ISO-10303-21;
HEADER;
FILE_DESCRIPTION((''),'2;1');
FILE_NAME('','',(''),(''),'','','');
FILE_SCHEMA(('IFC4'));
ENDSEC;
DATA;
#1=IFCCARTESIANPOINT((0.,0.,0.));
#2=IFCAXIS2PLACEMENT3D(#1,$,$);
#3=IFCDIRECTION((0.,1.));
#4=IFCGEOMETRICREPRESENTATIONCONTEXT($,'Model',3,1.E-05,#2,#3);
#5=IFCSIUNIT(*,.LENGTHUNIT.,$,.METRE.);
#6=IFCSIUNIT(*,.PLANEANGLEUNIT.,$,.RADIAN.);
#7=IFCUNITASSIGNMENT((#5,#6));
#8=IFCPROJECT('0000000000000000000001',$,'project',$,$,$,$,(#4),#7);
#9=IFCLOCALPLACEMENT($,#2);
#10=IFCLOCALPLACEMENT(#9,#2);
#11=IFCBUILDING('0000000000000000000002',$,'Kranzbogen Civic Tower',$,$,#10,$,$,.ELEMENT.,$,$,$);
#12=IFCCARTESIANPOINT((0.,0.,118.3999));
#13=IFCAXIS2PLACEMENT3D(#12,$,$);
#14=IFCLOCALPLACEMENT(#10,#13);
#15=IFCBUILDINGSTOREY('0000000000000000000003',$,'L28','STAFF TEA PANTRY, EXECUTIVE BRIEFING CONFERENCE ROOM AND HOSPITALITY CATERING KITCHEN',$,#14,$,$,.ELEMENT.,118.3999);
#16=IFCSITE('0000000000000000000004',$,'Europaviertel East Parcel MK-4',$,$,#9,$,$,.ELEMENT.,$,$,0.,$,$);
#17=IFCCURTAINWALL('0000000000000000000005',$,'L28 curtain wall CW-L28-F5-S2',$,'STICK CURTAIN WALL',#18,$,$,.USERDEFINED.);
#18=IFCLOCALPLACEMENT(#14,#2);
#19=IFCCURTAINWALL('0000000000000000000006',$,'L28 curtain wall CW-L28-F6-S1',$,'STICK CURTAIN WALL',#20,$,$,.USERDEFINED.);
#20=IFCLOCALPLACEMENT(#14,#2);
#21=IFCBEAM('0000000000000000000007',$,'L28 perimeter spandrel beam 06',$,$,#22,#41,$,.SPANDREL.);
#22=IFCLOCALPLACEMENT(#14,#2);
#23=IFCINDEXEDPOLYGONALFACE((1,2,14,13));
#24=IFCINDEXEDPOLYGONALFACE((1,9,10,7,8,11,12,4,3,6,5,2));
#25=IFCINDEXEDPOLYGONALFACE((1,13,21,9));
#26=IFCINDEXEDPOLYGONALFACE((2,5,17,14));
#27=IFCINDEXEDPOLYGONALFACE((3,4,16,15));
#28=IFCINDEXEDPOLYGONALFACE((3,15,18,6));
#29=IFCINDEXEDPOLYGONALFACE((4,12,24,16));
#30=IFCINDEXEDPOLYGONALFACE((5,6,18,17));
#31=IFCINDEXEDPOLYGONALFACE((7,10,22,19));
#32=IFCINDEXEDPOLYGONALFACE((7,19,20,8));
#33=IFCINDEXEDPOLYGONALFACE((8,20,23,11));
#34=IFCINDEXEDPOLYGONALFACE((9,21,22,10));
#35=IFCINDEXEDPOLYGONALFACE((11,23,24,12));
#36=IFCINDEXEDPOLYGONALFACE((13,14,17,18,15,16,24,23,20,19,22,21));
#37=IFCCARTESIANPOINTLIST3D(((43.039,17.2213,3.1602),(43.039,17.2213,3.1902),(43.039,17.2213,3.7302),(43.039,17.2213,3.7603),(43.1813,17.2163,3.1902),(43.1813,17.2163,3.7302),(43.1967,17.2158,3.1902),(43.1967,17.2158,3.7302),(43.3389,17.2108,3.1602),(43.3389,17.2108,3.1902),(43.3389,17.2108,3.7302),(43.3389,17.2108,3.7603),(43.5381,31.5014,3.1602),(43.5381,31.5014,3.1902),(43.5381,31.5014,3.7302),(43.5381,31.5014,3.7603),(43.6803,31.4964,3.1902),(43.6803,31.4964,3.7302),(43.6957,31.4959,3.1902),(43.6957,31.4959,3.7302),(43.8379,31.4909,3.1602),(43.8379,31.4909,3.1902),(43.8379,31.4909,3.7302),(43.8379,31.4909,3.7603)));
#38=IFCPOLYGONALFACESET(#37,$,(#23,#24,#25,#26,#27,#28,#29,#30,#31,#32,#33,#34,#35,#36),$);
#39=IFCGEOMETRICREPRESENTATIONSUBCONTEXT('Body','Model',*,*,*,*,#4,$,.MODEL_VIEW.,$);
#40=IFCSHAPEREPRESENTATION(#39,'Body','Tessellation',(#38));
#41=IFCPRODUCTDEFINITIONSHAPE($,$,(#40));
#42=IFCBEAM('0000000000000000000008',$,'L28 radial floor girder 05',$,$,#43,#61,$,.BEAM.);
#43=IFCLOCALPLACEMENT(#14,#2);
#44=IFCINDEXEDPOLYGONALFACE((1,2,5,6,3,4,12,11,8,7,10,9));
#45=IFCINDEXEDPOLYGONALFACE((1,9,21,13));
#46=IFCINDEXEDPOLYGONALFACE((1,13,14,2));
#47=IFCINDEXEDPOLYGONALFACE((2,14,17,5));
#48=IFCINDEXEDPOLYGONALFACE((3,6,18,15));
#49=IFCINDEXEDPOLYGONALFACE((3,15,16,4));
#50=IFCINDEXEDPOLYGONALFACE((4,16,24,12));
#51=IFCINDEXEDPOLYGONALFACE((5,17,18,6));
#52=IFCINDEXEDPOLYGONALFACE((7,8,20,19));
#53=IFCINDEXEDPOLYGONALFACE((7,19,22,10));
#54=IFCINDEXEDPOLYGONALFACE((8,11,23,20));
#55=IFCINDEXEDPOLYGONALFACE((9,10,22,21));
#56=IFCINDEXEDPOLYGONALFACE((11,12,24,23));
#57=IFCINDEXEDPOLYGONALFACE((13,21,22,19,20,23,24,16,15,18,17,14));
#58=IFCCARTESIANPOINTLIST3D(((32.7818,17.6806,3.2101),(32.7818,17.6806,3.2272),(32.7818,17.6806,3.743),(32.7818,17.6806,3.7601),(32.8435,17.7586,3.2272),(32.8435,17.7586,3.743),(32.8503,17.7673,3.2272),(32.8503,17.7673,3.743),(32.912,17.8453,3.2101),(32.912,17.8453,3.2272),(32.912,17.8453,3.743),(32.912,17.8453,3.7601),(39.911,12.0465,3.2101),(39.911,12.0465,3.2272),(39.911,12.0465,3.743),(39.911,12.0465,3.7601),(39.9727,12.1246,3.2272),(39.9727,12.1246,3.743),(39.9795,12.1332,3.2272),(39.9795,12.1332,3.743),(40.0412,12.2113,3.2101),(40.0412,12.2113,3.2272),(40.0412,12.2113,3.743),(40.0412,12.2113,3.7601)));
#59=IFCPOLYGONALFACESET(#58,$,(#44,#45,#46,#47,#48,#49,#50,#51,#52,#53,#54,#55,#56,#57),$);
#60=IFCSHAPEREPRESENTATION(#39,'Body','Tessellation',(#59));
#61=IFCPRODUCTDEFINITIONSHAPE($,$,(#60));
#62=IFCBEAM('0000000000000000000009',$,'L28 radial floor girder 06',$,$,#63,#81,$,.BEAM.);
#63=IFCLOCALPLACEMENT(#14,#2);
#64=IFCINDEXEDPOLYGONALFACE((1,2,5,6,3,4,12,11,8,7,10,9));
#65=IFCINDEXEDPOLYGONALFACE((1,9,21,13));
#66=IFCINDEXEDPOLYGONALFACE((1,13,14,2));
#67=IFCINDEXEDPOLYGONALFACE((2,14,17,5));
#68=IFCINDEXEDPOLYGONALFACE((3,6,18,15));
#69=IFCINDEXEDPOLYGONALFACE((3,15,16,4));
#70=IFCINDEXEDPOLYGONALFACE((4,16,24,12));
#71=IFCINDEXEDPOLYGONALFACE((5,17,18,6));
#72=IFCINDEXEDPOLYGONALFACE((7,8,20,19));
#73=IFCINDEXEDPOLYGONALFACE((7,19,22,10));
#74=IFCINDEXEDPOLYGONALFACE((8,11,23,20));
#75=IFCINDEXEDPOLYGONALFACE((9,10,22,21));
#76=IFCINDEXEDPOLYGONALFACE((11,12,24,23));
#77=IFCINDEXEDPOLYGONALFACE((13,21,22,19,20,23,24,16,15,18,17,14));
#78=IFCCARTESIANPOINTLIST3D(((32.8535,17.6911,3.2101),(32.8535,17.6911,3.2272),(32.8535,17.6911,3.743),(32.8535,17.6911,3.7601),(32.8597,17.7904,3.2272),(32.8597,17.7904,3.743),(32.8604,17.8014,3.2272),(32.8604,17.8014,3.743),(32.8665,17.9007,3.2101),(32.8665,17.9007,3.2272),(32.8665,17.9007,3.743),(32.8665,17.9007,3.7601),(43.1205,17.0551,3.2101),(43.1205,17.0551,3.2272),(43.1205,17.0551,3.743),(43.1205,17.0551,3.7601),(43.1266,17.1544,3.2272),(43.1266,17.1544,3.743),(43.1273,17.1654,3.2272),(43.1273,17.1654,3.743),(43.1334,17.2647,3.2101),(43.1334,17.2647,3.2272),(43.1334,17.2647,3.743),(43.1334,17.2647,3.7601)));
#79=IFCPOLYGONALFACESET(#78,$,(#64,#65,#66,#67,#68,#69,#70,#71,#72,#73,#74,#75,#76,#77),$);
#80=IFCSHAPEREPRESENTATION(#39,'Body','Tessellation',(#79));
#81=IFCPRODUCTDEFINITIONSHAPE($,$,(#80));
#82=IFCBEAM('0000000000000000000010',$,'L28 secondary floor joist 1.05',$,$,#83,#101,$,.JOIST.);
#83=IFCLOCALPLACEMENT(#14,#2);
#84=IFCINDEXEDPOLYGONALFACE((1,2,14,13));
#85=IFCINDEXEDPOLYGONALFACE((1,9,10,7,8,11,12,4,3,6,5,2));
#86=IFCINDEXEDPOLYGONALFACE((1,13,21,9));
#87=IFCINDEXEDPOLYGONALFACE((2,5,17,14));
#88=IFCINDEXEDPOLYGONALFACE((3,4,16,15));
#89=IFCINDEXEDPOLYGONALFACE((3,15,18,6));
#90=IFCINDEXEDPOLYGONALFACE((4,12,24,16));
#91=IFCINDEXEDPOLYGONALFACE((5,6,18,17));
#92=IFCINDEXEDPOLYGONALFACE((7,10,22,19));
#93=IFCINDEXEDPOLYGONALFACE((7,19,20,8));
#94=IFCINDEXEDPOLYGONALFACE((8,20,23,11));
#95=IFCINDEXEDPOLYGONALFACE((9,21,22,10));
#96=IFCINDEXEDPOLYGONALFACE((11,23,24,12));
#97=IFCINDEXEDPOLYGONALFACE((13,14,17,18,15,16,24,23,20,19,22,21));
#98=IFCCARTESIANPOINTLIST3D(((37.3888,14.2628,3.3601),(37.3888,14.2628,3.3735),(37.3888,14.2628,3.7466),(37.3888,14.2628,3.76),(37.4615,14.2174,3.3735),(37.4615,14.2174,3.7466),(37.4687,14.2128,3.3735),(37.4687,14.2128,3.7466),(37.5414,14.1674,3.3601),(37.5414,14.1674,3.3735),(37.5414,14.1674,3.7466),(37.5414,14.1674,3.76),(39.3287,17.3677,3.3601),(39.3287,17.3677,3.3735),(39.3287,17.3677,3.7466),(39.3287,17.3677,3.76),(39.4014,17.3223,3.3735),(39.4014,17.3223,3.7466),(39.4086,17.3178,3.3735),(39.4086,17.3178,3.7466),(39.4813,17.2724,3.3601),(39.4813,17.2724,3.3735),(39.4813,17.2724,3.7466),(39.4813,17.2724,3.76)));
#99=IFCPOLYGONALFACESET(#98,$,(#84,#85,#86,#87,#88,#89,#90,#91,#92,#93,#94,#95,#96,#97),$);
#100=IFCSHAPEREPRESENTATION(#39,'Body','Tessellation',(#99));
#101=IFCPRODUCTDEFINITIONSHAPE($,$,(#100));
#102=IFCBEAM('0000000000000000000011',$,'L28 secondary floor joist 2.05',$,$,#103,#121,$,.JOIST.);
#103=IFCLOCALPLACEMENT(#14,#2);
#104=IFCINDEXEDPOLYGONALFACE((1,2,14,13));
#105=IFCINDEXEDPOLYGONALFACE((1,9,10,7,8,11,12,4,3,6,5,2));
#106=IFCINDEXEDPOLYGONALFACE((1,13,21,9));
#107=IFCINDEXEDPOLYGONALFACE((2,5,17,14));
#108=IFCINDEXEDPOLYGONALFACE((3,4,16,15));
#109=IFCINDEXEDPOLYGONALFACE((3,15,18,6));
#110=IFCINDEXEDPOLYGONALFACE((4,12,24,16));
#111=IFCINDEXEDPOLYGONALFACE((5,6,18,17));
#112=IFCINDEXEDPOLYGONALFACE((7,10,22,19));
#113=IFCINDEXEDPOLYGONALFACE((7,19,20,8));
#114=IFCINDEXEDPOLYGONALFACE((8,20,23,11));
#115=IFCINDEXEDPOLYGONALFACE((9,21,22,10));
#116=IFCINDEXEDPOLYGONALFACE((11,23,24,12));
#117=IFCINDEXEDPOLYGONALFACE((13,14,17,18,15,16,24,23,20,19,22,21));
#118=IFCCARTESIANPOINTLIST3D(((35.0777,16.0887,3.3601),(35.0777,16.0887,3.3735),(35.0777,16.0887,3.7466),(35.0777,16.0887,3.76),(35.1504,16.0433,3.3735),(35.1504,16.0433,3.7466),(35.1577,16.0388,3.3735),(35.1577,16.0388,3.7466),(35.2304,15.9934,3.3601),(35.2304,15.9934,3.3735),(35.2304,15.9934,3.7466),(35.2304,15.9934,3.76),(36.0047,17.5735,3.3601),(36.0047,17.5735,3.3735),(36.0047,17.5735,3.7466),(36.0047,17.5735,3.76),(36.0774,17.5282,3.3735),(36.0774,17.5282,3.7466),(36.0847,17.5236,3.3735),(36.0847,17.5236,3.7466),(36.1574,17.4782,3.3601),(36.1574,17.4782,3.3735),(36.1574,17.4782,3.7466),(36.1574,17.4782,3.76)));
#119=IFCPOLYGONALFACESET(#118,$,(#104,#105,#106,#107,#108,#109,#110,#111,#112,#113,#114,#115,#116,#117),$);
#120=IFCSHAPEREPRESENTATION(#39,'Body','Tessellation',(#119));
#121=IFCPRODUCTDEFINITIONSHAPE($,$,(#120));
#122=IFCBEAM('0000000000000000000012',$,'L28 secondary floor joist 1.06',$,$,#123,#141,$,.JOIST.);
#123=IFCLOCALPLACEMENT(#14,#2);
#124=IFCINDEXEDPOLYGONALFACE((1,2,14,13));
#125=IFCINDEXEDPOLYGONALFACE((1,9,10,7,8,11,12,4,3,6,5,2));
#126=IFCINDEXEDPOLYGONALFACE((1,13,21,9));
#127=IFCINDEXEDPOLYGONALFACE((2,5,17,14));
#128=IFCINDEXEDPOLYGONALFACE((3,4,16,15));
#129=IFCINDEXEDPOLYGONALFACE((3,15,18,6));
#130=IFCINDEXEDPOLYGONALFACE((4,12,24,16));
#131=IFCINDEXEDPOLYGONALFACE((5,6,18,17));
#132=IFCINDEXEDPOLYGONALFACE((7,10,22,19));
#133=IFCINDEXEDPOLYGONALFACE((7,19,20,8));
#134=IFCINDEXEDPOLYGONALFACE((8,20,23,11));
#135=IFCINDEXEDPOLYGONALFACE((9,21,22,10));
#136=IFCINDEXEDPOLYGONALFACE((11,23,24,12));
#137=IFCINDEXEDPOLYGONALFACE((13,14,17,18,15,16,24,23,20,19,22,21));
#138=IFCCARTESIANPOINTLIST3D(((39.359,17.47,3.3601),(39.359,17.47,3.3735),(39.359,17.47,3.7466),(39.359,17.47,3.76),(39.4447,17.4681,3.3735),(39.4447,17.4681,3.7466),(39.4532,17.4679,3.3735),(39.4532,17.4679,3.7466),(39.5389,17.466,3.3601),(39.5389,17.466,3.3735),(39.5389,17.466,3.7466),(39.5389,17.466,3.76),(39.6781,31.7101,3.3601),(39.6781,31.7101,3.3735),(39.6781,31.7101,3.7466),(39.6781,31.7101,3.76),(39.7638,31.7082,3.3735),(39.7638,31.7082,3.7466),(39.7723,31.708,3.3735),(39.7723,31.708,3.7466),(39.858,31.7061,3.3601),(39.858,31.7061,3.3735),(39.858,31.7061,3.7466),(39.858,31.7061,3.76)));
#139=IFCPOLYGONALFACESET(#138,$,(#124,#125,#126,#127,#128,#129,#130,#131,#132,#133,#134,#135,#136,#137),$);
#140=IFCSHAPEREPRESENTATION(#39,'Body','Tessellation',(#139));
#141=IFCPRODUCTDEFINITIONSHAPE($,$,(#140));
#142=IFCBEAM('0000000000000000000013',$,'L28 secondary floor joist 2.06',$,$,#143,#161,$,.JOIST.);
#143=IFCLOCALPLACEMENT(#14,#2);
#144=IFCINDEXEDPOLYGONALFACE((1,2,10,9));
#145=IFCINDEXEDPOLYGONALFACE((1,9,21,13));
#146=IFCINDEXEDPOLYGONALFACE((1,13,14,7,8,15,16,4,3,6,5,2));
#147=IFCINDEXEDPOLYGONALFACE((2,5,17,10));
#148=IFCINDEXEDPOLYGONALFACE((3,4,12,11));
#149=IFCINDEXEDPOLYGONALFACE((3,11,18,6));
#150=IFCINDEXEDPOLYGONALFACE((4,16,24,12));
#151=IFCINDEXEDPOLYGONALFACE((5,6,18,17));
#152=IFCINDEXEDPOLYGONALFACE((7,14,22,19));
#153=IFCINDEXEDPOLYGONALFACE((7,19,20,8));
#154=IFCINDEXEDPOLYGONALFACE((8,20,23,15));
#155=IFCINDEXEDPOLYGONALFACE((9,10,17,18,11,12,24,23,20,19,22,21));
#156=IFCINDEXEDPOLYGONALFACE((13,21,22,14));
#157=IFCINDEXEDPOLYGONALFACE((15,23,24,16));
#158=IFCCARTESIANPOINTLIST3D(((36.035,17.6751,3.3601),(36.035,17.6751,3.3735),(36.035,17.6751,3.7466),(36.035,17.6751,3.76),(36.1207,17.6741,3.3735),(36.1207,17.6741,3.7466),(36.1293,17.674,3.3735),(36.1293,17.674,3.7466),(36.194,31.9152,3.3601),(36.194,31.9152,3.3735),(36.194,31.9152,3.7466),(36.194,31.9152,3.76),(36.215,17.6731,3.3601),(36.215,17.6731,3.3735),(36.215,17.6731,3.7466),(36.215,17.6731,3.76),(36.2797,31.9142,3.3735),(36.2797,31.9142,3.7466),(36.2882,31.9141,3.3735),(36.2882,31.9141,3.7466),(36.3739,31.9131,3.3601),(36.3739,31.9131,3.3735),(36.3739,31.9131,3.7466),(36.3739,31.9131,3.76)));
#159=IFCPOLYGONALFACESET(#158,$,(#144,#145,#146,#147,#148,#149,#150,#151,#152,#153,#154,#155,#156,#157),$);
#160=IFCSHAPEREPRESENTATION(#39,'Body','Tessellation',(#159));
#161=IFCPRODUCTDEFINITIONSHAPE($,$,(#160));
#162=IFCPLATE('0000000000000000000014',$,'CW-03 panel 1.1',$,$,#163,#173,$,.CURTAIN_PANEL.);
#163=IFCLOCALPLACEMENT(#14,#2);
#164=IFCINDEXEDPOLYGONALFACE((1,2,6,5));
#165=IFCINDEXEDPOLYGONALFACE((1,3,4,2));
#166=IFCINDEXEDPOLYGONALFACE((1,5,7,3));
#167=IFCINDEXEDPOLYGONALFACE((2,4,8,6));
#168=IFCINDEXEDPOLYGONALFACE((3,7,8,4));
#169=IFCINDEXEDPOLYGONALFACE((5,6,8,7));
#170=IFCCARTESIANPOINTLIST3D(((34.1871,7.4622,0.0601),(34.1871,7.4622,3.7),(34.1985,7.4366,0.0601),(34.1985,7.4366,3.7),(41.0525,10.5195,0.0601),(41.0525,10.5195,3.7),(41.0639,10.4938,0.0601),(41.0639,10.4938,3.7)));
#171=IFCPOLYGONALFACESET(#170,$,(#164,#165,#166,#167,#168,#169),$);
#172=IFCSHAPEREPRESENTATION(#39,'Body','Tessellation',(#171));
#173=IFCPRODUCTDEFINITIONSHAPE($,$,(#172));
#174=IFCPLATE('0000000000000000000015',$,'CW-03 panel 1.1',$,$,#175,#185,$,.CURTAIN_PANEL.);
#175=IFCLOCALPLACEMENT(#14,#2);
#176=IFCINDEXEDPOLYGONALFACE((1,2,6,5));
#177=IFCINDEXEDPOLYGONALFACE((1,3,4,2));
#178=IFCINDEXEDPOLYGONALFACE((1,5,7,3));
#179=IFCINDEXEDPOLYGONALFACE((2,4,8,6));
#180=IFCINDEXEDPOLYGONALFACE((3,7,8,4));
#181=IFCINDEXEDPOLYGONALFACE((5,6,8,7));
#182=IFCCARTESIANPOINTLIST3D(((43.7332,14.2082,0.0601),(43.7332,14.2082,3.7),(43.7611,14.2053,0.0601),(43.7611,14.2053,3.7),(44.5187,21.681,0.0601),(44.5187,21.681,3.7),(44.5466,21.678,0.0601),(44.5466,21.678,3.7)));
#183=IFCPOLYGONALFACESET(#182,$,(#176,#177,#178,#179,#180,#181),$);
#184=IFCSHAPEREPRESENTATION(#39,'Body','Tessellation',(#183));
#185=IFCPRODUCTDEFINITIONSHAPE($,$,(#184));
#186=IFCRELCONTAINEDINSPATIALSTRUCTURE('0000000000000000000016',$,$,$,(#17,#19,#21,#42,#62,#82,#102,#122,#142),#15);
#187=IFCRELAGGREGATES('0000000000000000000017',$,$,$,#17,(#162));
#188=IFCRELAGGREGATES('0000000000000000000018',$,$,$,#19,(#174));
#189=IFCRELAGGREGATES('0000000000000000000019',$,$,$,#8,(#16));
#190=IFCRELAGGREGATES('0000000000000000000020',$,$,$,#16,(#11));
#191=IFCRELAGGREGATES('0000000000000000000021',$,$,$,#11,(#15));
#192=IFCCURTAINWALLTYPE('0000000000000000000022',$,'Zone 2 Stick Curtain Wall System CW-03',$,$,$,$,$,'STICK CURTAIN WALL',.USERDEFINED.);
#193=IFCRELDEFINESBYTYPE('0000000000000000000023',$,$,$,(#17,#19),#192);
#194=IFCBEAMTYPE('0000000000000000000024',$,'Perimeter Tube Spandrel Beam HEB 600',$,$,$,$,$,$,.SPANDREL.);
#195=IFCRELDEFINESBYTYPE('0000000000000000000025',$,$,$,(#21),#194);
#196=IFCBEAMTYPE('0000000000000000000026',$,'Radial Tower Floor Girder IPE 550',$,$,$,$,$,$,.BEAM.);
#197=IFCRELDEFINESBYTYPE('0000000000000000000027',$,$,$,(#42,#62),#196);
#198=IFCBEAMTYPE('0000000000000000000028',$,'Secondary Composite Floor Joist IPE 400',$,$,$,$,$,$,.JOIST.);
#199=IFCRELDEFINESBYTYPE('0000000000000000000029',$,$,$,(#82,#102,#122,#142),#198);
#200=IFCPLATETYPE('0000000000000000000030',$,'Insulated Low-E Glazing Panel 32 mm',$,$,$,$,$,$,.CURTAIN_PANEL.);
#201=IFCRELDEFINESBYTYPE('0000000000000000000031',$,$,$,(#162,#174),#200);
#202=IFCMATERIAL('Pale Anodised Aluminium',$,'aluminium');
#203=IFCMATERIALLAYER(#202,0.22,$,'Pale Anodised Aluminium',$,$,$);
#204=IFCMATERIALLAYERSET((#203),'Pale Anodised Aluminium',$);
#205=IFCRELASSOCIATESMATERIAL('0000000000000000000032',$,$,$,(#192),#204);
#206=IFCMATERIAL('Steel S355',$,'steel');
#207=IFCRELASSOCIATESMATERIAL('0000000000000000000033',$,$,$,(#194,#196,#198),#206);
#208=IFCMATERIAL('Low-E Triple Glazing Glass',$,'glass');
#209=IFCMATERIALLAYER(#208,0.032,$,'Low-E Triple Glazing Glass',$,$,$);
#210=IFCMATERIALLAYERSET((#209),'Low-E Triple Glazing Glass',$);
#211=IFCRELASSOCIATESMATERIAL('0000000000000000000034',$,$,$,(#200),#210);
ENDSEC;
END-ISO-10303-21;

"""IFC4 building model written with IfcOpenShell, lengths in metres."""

from ifc_helpers import new_model, si_unit, direction, frame, origin, origin_2d, place, context, subcontext, project, spatial, rectangle, i_section, extrude, material, layer, layer_set, material_profile, profile_set, type_object, element, aggregate, save


model = new_model("IFC4")

# Units and contexts
model_context = context("Model", 3, precision=1e-05, world=origin(), true_north=direction((0.0, 1.0)))
body_context = subcontext(model_context, "Body", "Model", "MODEL_VIEW")
ifc_project = project(units=[si_unit("LENGTHUNIT", "METRE"), si_unit("PLANEANGLEUNIT", "RADIAN")], contexts=[model_context])

# Site, building, storey
site_placement = place(None, origin())
site = spatial("IfcSite", under=ifc_project, at=site_placement, Name="Europaviertel East Parcel MK-4", CompositionType="ELEMENT", RefElevation=0.0)
building_placement = place(site_placement, origin())
building = spatial("IfcBuilding", under=site, at=building_placement, Name="Kranzbogen Civic Tower", CompositionType="ELEMENT")
storey_placement = place(building_placement, frame((0.0, 0.0, 118.3999)))
storey = spatial("IfcBuildingStorey", under=building, at=storey_placement, Name="L28", Description="STAFF TEA PANTRY, EXECUTIVE BRIEFING CONFERENCE ROOM AND HOSPITALITY CATERING KITCHEN", CompositionType="ELEMENT", Elevation=118.3999)

# Curtain walls
ifc_material_1 = material(Name="Pale Anodised Aluminium", Category="aluminium")
ifc_layer_1 = layer(ifc_material_1, 0.22, Name="Pale Anodised Aluminium")
ifc_layer_set_1 = layer_set([ifc_layer_1], Name="Pale Anodised Aluminium")
curtain_wall_type = type_object("IfcCurtainWallType", Name="Zone 2 Stick Curtain Wall System CW-03", ElementType="STICK CURTAIN WALL", PredefinedType="USERDEFINED", material=ifc_layer_set_1)
curtain_wall_1_placement = place(storey_placement, origin())
curtain_wall_1 = element("IfcCurtainWall", 1, at=curtain_wall_1_placement, inside=storey, type_object=curtain_wall_type, Name="L28 curtain wall CW-L28-F5-S2", ObjectType="STICK CURTAIN WALL", PredefinedType="USERDEFINED")
curtain_wall_2_placement = place(storey_placement, origin())
curtain_wall_2 = element("IfcCurtainWall", 2, at=curtain_wall_2_placement, inside=storey, type_object=curtain_wall_type, Name="L28 curtain wall CW-L28-F6-S1", ObjectType="STICK CURTAIN WALL", PredefinedType="USERDEFINED")

# Beams
ifc_material_2 = material(Name="Steel S355", Category="steel")
ifc_material_profile_1 = material_profile(ifc_material_2, i_section(OverallWidth=0.3, OverallDepth=0.6001, WebThickness=0.0154, FlangeThickness=0.03, at=origin_2d()), Name="HEB 600")
ifc_profile_set_1 = profile_set([ifc_material_profile_1], Name="Steel S355")
beam_type_1 = type_object("IfcBeamType", Name="Perimeter Tube Spandrel Beam HEB 600", PredefinedType="SPANDREL", material=ifc_profile_set_1)
beam_1_placement = place(storey_placement, frame((43.189, 17.2161, 3.4602), z_axis=(0.034924, 0.99939, 0.0), x_axis=(-0.99939, 0.034924, 0.0)))
element("IfcBeam", 3, at=beam_1_placement, inside=storey, type_object=beam_type_1, Name="L28 perimeter spandrel beam 06", PredefinedType="SPANDREL", context=body_context, shape_type="SweptSolid", body=[
    extrude(i_section(OverallWidth=0.3, OverallDepth=0.6001, WebThickness=0.0154, FlangeThickness=0.03, at=origin_2d()), origin(), (0.0, 0.0, 1.0), 14.2888),
])
ifc_material_profile_2 = material_profile(ifc_material_2, i_section(OverallWidth=0.21, OverallDepth=0.55, WebThickness=0.011, FlangeThickness=0.0171, at=origin_2d()), Name="IPE 550")
ifc_profile_set_2 = profile_set([ifc_material_profile_2], Name="Steel S355")
beam_type_2 = type_object("IfcBeamType", Name="Radial Tower Floor Girder IPE 550", PredefinedType="BEAM", material=ifc_profile_set_2)
beam_2_placement = place(storey_placement, frame((39.9761, 12.1289, 3.4851), z_axis=(-0.784575, 0.620034, 0.0), x_axis=(-0.620034, -0.784575, 0.0)))
element("IfcBeam", 4, at=beam_2_placement, inside=storey, type_object=beam_type_2, Name="L28 radial floor girder 05", PredefinedType="BEAM", context=body_context, shape_type="SweptSolid", body=[
    extrude(i_section(OverallWidth=0.21, OverallDepth=0.55, WebThickness=0.011, FlangeThickness=0.0171, at=origin_2d()), origin(), (0.0, 0.0, 1.0), 9.0867),
])
beam_3_placement = place(storey_placement, frame((43.127, 17.1599, 3.4851), z_axis=(-0.998087, 0.061827, 0.0), x_axis=(-0.061827, -0.998087, 0.0)))
element("IfcBeam", 5, at=beam_3_placement, inside=storey, type_object=beam_type_2, Name="L28 radial floor girder 06", PredefinedType="BEAM", context=body_context, shape_type="SweptSolid", body=[
    extrude(i_section(OverallWidth=0.21, OverallDepth=0.55, WebThickness=0.011, FlangeThickness=0.0171, at=origin_2d()), origin(), (0.0, 0.0, 1.0), 10.2866),
])
ifc_material_profile_3 = material_profile(ifc_material_2, i_section(OverallWidth=0.1799, OverallDepth=0.3999, WebThickness=0.0085, FlangeThickness=0.0134, at=origin_2d()), Name="IPE 400")
ifc_profile_set_3 = profile_set([ifc_material_profile_3], Name="Steel S355")
beam_type_3 = type_object("IfcBeamType", Name="Secondary Composite Floor Joist IPE 400", PredefinedType="JOIST", material=ifc_profile_set_3)
beam_4_placement = place(storey_placement, frame((37.4651, 14.2151, 3.5601), z_axis=(0.529867, 0.848081, 0.0), x_axis=(-0.848081, 0.529867, 0.0)))
element("IfcBeam", 6, at=beam_4_placement, inside=storey, type_object=beam_type_3, Name="L28 secondary floor joist 1.05", PredefinedType="JOIST", context=body_context, shape_type="SweptSolid", body=[
    extrude(i_section(OverallWidth=0.1799, OverallDepth=0.3999, WebThickness=0.0085, FlangeThickness=0.0134, at=origin_2d()), origin(), (0.0, 0.0, 1.0), 3.6611),
])
beam_5_placement = place(storey_placement, frame((35.1541, 16.041, 3.5601), z_axis=(0.529573, 0.848265, 0.0), x_axis=(-0.848265, 0.529573, 0.0)))
element("IfcBeam", 7, at=beam_5_placement, inside=storey, type_object=beam_type_3, Name="L28 secondary floor joist 2.05", PredefinedType="JOIST", context=body_context, shape_type="SweptSolid", body=[
    extrude(i_section(OverallWidth=0.1799, OverallDepth=0.3999, WebThickness=0.0085, FlangeThickness=0.0134, at=origin_2d()), origin(), (0.0, 0.0, 1.0), 1.7505),
])
beam_6_placement = place(storey_placement, frame((39.449, 17.468, 3.5601), z_axis=(0.022403, 0.999749, 0.0), x_axis=(-0.999749, 0.022403, 0.0)))
element("IfcBeam", 8, at=beam_6_placement, inside=storey, type_object=beam_type_3, Name="L28 secondary floor joist 1.06", PredefinedType="JOIST", context=body_context, shape_type="SweptSolid", body=[
    extrude(i_section(OverallWidth=0.1799, OverallDepth=0.3999, WebThickness=0.0085, FlangeThickness=0.0134, at=origin_2d()), origin(), (0.0, 0.0, 1.0), 14.2437),
])
beam_7_placement = place(storey_placement, frame((36.125, 17.6741, 3.5601), z_axis=(0.011161, 0.999938, 0.0), x_axis=(-0.999938, 0.011161, 0.0)))
element("IfcBeam", 9, at=beam_7_placement, inside=storey, type_object=beam_type_3, Name="L28 secondary floor joist 2.06", PredefinedType="JOIST", context=body_context, shape_type="SweptSolid", body=[
    extrude(i_section(OverallWidth=0.1799, OverallDepth=0.3999, WebThickness=0.0085, FlangeThickness=0.0134, at=origin_2d()), origin(), (0.0, 0.0, 1.0), 14.241),
])

# Plates
ifc_material_3 = material(Name="Low-E Triple Glazing Glass", Category="glass")
ifc_layer_2 = layer(ifc_material_3, 0.032, Name="Low-E Triple Glazing Glass")
ifc_layer_set_2 = layer_set([ifc_layer_2], Name="Low-E Triple Glazing Glass")
plate_type = type_object("IfcPlateType", Name="Insulated Low-E Glazing Panel 32 mm", PredefinedType="CURTAIN_PANEL", material=ifc_layer_set_2)
plate_1_placement = place(storey_placement, frame((37.6255, 8.978, 0.0601), z_axis=(0.0, 0.0, 1.0), x_axis=(0.91352, 0.406795, 0.0)))
plate_1 = element("IfcPlate", 10, at=plate_1_placement, type_object=plate_type, Name="CW-03 panel 1.1", PredefinedType="CURTAIN_PANEL", context=body_context, shape_type="SweptSolid", body=[
    extrude(rectangle(XDim=7.5154, YDim=0.0281, at=origin_2d()), origin(), (0.0, 0.0, 1.0), 3.6399),
])
aggregate(curtain_wall_1, [plate_1])
plate_2_placement = place(storey_placement, frame((44.1399, 17.9431, 0.0601), z_axis=(0.0, 0.0, 1.0), x_axis=(0.104535, 0.994521, 0.0)))
plate_2 = element("IfcPlate", 11, at=plate_2_placement, type_object=plate_type, Name="CW-03 panel 1.1", PredefinedType="CURTAIN_PANEL", context=body_context, shape_type="SweptSolid", body=[
    extrude(rectangle(XDim=7.5139, YDim=0.0281, at=origin_2d()), origin(), (0.0, 0.0, 1.0), 3.6399),
])
aggregate(curtain_wall_2, [plate_2])

save(model, "model.ifc")
